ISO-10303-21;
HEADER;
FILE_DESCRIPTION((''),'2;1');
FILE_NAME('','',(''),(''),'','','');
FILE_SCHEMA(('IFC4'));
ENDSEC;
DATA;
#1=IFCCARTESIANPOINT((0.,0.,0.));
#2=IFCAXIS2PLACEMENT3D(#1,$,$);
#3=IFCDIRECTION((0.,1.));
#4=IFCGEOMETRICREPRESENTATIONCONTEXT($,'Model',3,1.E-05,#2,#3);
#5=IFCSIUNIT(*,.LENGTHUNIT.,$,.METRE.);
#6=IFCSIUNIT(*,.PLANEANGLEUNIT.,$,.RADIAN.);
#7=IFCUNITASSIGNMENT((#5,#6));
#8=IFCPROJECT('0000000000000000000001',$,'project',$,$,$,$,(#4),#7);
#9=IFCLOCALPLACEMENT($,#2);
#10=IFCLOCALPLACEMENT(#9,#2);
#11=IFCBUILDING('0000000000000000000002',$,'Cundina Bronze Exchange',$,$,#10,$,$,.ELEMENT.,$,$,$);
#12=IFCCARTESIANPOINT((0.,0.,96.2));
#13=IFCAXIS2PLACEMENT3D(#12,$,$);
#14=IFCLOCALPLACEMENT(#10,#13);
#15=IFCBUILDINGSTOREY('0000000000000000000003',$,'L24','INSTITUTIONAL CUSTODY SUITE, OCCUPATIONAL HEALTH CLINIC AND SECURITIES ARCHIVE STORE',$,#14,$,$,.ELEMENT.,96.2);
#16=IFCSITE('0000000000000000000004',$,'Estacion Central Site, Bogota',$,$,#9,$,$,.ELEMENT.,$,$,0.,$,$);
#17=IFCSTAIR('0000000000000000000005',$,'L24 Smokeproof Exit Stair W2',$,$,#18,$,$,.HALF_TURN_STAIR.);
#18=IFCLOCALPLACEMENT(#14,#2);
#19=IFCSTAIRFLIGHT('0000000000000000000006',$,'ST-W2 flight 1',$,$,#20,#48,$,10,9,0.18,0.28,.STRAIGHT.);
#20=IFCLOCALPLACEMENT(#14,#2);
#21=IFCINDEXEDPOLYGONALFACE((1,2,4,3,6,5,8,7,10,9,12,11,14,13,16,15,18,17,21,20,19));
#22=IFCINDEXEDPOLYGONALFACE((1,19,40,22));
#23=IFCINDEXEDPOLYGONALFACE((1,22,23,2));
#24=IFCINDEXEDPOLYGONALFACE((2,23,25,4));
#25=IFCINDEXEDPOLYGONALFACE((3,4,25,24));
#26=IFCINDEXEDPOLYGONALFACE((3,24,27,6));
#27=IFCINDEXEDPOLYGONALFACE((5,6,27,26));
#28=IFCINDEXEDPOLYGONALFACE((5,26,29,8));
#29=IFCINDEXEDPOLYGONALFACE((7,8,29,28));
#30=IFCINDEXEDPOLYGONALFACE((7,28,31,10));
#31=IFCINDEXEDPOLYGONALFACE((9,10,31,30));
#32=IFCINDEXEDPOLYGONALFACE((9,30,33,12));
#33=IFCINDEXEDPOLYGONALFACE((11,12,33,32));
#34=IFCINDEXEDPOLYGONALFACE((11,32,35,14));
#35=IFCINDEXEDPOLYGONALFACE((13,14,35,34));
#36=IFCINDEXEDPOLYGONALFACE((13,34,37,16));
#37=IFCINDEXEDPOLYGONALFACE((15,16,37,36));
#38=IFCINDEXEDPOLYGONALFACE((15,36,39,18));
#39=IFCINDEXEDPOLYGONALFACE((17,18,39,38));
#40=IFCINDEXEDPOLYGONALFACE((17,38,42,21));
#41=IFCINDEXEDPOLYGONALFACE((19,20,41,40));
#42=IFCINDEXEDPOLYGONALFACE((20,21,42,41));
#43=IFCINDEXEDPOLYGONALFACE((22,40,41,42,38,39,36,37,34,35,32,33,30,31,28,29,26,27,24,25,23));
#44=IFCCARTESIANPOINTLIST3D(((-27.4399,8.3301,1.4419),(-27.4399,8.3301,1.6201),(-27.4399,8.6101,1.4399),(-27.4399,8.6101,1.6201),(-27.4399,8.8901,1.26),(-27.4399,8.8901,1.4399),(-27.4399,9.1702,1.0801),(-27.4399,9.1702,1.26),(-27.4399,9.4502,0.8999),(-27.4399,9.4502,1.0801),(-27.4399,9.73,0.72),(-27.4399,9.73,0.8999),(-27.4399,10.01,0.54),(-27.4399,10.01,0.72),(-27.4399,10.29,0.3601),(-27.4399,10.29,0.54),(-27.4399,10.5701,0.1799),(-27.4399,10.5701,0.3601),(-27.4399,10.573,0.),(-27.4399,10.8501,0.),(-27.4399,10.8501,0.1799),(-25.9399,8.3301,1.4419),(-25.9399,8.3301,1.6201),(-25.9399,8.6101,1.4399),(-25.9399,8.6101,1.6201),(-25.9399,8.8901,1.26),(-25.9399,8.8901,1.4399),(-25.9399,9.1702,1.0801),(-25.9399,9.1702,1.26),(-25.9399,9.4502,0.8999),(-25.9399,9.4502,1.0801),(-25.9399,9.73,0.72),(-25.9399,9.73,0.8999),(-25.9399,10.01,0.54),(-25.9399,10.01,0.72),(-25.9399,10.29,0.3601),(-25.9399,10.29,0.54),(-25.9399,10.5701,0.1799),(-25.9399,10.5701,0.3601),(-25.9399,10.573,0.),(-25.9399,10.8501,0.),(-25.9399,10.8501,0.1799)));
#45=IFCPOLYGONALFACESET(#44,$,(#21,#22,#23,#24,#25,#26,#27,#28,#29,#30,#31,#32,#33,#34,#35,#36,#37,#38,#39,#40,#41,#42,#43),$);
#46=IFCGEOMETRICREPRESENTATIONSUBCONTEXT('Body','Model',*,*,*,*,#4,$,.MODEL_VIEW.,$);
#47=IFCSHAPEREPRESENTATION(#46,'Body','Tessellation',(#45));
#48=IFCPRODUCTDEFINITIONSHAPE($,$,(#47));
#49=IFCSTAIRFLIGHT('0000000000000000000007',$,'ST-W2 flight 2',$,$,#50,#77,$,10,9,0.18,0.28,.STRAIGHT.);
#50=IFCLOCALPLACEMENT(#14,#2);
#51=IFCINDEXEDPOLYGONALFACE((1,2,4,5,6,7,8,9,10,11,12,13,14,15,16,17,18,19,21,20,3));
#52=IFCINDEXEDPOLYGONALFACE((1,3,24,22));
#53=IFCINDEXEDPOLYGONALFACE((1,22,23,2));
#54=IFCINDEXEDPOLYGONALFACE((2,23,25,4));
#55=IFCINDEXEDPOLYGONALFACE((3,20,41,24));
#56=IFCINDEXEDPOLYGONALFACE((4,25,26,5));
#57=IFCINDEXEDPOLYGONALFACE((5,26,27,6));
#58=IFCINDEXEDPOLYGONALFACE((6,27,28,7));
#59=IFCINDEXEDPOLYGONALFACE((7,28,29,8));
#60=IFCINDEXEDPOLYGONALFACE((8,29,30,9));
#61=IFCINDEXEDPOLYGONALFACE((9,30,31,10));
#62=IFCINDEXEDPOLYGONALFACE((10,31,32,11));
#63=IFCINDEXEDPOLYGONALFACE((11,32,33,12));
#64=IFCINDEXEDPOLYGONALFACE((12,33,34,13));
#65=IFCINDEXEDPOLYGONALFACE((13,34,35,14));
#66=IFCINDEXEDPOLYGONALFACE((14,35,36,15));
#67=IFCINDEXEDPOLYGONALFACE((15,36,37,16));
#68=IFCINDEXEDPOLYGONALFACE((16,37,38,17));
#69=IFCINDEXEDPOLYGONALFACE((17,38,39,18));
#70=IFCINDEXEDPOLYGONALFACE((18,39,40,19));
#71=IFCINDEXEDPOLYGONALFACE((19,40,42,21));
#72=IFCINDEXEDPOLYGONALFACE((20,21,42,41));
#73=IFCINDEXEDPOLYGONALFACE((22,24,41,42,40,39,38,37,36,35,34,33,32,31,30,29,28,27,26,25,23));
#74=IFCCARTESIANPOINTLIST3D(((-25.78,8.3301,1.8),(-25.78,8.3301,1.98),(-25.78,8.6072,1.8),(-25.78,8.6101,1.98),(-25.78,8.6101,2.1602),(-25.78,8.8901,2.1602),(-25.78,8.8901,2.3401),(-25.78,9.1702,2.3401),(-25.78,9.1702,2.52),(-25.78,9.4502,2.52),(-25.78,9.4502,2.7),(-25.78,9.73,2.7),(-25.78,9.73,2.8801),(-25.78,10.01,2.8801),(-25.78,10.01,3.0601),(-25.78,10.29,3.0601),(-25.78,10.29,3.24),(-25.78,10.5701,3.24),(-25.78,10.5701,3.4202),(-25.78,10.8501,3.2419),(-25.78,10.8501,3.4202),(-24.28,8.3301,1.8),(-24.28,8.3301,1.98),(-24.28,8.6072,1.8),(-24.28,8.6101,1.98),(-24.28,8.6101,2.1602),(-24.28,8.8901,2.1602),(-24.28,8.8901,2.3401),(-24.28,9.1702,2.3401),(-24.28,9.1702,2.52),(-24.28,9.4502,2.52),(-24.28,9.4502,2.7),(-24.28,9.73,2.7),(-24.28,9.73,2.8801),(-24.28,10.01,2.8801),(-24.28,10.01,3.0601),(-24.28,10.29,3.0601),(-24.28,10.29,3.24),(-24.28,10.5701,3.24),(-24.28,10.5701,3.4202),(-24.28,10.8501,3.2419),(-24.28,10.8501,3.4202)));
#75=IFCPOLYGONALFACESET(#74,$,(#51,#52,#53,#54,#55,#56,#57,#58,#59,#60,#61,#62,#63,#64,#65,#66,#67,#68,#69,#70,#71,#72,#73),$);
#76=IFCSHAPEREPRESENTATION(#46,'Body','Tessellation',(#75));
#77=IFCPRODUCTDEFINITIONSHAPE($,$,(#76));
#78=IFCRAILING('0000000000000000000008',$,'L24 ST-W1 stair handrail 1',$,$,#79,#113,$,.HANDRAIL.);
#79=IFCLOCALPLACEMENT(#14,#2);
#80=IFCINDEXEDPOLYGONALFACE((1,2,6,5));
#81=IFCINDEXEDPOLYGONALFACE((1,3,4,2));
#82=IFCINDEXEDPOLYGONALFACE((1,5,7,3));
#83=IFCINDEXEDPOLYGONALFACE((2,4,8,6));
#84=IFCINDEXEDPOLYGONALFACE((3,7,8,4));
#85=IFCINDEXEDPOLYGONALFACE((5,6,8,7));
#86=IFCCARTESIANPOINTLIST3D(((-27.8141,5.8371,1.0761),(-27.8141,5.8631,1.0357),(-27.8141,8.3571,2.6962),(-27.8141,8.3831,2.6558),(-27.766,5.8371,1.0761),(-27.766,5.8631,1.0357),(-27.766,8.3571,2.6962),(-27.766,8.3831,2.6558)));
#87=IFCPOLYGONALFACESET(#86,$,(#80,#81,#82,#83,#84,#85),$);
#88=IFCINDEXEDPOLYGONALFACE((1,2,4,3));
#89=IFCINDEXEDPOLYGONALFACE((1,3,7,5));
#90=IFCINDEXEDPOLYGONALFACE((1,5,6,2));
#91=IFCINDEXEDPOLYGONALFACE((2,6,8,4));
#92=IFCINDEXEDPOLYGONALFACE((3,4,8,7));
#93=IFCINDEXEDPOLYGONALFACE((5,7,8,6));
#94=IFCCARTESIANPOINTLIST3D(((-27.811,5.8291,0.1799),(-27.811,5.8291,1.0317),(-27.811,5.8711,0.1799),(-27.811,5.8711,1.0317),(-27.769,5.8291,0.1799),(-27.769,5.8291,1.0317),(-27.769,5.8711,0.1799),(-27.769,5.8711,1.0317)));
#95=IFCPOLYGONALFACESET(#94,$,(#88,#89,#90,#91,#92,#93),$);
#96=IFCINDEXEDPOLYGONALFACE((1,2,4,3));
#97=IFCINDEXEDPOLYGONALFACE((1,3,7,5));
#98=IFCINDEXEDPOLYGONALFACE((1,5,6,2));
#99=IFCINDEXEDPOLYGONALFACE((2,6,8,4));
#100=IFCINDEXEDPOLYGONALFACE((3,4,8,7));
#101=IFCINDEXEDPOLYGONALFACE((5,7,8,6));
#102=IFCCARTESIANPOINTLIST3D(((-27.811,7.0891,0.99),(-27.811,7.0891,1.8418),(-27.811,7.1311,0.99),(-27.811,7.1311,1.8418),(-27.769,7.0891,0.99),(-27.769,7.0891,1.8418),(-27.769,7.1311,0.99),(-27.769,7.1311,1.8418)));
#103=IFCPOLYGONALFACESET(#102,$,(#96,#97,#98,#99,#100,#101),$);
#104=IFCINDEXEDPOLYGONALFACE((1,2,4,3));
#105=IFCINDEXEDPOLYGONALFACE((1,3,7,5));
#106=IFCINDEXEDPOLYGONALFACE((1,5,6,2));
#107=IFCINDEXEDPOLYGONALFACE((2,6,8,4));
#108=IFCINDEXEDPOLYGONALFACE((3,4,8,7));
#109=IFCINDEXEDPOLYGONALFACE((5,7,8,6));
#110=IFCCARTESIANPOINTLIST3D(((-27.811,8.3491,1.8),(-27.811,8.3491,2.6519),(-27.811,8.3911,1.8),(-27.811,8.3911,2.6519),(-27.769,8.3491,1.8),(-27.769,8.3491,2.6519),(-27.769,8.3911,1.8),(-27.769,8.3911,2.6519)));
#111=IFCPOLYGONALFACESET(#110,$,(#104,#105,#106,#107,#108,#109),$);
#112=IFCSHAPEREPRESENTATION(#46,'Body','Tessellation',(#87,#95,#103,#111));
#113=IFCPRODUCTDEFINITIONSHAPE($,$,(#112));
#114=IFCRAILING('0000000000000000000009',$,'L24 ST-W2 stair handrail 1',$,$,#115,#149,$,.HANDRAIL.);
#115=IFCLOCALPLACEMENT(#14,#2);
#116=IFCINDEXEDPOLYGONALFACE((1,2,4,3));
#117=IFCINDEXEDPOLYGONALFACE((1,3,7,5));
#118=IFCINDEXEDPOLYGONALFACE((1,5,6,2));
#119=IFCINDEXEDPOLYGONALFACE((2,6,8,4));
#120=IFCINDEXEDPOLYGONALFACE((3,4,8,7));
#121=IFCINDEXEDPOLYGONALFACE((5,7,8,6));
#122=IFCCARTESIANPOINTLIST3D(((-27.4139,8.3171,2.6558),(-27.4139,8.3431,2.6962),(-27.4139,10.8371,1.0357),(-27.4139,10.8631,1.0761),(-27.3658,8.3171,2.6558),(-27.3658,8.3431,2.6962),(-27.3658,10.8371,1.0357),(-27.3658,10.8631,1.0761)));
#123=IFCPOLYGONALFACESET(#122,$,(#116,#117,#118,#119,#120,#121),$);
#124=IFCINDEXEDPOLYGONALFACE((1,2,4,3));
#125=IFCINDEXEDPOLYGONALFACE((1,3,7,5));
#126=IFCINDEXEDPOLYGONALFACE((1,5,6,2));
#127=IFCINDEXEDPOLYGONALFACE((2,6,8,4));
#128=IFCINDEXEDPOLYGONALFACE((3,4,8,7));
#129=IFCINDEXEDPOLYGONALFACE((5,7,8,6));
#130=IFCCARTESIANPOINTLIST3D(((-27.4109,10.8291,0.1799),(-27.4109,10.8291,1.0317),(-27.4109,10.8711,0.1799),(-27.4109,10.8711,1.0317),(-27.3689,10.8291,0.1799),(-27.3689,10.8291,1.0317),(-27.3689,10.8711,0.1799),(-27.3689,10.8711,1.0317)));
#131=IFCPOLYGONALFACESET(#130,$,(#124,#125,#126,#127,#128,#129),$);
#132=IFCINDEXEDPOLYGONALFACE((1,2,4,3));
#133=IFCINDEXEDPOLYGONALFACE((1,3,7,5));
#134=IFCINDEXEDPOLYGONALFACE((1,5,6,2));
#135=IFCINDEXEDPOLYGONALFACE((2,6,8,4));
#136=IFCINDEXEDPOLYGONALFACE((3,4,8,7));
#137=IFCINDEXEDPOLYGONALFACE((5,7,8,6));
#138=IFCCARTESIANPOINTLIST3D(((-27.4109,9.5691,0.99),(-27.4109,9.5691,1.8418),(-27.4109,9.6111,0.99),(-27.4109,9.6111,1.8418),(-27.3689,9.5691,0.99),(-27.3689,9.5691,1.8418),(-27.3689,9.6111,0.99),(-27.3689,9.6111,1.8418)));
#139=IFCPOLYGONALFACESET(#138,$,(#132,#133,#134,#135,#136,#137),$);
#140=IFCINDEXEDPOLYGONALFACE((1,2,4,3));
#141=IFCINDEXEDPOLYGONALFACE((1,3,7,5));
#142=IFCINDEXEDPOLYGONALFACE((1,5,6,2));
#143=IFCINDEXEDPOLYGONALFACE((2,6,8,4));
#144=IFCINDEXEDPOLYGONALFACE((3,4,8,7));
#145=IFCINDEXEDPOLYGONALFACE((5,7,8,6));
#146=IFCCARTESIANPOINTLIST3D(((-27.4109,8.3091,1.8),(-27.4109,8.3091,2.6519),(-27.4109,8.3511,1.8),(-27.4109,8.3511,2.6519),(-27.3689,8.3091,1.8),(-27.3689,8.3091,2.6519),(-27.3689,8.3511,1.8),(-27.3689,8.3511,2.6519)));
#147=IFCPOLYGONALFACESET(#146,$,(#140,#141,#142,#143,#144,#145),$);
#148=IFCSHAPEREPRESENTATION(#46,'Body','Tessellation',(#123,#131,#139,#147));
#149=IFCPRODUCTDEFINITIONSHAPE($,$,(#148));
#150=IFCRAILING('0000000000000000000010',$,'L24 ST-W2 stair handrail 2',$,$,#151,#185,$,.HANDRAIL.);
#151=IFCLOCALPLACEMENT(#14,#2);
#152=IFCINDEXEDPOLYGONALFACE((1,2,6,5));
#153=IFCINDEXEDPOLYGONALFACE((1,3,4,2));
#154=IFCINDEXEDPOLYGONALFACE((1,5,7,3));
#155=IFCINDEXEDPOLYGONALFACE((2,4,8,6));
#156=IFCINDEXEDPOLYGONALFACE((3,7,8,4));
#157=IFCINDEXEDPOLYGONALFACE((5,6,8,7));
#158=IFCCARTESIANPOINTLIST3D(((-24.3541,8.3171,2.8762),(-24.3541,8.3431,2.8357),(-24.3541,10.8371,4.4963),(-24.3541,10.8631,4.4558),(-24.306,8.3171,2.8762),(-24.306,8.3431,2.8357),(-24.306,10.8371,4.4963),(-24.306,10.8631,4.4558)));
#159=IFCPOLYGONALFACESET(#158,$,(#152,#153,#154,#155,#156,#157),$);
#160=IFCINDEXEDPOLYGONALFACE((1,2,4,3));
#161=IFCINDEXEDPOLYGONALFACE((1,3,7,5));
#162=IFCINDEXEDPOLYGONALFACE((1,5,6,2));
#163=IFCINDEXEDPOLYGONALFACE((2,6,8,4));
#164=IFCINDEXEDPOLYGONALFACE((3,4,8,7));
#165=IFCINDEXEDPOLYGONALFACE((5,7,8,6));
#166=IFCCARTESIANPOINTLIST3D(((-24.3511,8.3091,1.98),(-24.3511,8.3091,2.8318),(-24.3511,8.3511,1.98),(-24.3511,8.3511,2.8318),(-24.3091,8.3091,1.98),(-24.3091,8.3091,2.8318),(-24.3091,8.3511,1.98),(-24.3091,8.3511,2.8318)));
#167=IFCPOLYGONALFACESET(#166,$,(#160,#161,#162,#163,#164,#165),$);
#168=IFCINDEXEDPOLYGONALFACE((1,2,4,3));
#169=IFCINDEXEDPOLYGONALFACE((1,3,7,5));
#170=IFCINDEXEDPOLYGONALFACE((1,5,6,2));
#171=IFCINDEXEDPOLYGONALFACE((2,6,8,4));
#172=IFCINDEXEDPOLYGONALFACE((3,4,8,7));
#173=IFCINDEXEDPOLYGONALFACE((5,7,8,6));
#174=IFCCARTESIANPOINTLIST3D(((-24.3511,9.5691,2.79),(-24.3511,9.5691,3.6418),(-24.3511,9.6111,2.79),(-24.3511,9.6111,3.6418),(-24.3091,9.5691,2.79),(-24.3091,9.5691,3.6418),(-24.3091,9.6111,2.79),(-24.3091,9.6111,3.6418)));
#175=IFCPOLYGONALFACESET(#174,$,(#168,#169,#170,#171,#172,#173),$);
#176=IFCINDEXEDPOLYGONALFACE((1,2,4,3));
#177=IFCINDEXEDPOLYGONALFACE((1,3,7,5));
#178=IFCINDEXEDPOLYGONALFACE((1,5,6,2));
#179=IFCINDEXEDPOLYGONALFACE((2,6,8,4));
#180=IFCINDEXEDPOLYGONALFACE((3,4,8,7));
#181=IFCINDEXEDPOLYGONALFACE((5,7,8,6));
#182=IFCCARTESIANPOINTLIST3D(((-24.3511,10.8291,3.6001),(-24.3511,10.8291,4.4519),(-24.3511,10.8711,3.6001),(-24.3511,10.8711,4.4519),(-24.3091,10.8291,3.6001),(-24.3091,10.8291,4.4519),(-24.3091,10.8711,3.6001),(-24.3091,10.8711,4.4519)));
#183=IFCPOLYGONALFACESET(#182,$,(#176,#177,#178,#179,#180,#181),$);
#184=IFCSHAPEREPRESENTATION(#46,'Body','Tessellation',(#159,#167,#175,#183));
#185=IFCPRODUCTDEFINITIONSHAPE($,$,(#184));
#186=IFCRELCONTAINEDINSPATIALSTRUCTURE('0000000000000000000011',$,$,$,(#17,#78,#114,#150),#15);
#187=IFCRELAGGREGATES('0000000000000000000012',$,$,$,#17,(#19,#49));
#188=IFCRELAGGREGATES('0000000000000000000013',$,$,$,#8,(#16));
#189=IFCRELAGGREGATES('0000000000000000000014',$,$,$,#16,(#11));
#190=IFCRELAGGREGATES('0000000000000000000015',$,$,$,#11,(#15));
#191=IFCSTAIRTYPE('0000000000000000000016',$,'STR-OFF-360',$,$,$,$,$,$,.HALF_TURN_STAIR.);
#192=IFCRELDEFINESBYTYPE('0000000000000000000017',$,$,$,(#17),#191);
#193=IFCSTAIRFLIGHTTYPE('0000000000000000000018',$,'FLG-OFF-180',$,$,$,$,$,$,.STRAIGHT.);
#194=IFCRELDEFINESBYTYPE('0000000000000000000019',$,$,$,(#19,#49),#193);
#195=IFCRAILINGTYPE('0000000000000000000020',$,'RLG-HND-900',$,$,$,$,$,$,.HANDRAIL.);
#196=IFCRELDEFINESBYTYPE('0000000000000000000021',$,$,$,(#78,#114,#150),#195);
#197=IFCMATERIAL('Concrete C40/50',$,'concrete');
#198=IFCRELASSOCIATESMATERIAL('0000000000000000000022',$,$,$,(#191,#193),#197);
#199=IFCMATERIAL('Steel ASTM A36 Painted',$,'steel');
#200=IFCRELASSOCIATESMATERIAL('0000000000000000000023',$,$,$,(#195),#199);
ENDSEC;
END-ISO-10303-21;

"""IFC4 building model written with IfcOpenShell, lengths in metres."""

from ifc_helpers import new_model, si_unit, direction, frame, origin, origin_2d, place, context, subcontext, project, spatial, polyline, rectangle, outline, extrude, material, type_object, element, aggregate, save


model = new_model("IFC4")

# Units and contexts
model_context = context("Model", 3, precision=1e-05, world=origin(), true_north=direction((0.0, 1.0)))
body_context = subcontext(model_context, "Body", "Model", "MODEL_VIEW")
ifc_project = project(units=[si_unit("LENGTHUNIT", "METRE"), si_unit("PLANEANGLEUNIT", "RADIAN")], contexts=[model_context])

# Site, building, storey
site_placement = place(None, origin())
site = spatial("IfcSite", under=ifc_project, at=site_placement, Name="Estacion Central Site, Bogota", CompositionType="ELEMENT", RefElevation=0.0)
building_placement = place(site_placement, origin())
building = spatial("IfcBuilding", under=site, at=building_placement, Name="Cundina Bronze Exchange", CompositionType="ELEMENT")
storey_placement = place(building_placement, frame((0.0, 0.0, 96.2)))
storey = spatial("IfcBuildingStorey", under=building, at=storey_placement, Name="L24", Description="INSTITUTIONAL CUSTODY SUITE, OCCUPATIONAL HEALTH CLINIC AND SECURITIES ARCHIVE STORE", CompositionType="ELEMENT", Elevation=96.2)

# Shared definitions
ifc_material_1 = material(Name="Steel ASTM A36 Painted", Category="steel")

# Stair, stair flights
ifc_material_2 = material(Name="Concrete C40/50", Category="concrete")
stair_type = type_object("IfcStairType", Name="STR-OFF-360", PredefinedType="HALF_TURN_STAIR", material=ifc_material_2)
stair_placement = place(storey_placement, origin())
stair = element("IfcStair", 1, at=stair_placement, inside=storey, type_object=stair_type, Name="L24 Smokeproof Exit Stair W2", PredefinedType="HALF_TURN_STAIR")
stair_flight_type = type_object("IfcStairFlightType", Name="FLG-OFF-180", PredefinedType="STRAIGHT", material=ifc_material_2)
stair_flight_1_placement = place(storey_placement, frame((-26.6899, 10.8501, 0.0), z_axis=(0.0, 0.0, 1.0), x_axis=(0.0, -1.0, 0.0)))
stair_flight_1 = element("IfcStairFlight", 2, at=stair_flight_1_placement, type_object=stair_flight_type, Name="ST-W2 flight 1", NumberOfRisers=10, NumberOfTreads=9, PredefinedType="STRAIGHT", RiserHeight=0.18, TreadLength=0.28, context=body_context, shape_type="SweptSolid", body=[
    extrude(outline(polyline([(0.0, 0.0), (0.0, 0.1799), (0.28, 0.1799), (0.28, 0.3601), (0.5601, 0.3601), (0.5601, 0.54), (0.8401, 0.54), (0.8401, 0.72), (1.1201, 0.72), (1.1201, 0.8999), (1.3999, 0.8999), (1.3999, 1.0801), (1.6799, 1.0801), (1.6799, 1.26), (1.96, 1.26), (1.96, 1.4399), (2.24, 1.4399), (2.24, 1.6201), (2.52, 1.6201), (2.52, 1.8), (2.52, 1.4419), (0.2771, 0.0), (0.0, 0.0)])), frame((0.0, 0.75, 0.0), z_axis=(0.0, -1.0, 0.0), x_axis=(1.0, 0.0, 0.0)), (0.0, 0.0, 1.0), 1.5),
])
stair_flight_2_placement = place(storey_placement, frame((-25.03, 8.3301, 1.8), z_axis=(0.0, 0.0, 1.0), x_axis=(0.0, 1.0, 0.0)))
stair_flight_2 = element("IfcStairFlight", 3, at=stair_flight_2_placement, type_object=stair_flight_type, Name="ST-W2 flight 2", NumberOfRisers=10, NumberOfTreads=9, PredefinedType="STRAIGHT", RiserHeight=0.18, TreadLength=0.28, context=body_context, shape_type="SweptSolid", body=[
    extrude(outline(polyline([(0.0, 0.0), (0.0, 0.1799), (0.28, 0.1799), (0.28, 0.3601), (0.5601, 0.3601), (0.5601, 0.54), (0.8401, 0.54), (0.8401, 0.72), (1.1201, 0.72), (1.1201, 0.8999), (1.3999, 0.8999), (1.3999, 1.0801), (1.6799, 1.0801), (1.6799, 1.26), (1.96, 1.26), (1.96, 1.4399), (2.24, 1.4399), (2.24, 1.6201), (2.52, 1.6201), (2.52, 1.8), (2.52, 1.4419), (0.2771, 0.0), (0.0, 0.0)])), frame((0.0, 0.75, 0.0), z_axis=(0.0, -1.0, 0.0), x_axis=(1.0, 0.0, 0.0)), (0.0, 0.0, 1.0), 1.5),
])
aggregate(stair, [stair_flight_1, stair_flight_2])

# Railings
railing_type_1 = type_object("IfcRailingType", Name="RLG-HND-900", PredefinedType="HANDRAIL", material=ifc_material_1)
railing_1_placement = place(storey_placement, frame((-27.79, 5.8501, 0.1799)))
element("IfcRailing", 4, at=railing_1_placement, inside=storey, type_object=railing_type_1, Name="L24 ST-W1 stair handrail 1", PredefinedType="HANDRAIL", context=body_context, shape_type="SweptSolid", body=[
    extrude(rectangle(XDim=0.0481, YDim=0.0481, at=origin_2d()), frame((0.0, 0.0, 0.876), z_axis=(0.0, 0.841163, 0.540782), x_axis=(-1.0, 0.0, 0.0)), (0.0, 0.0, 1.0), 2.9958),
    extrude(rectangle(XDim=0.042, YDim=0.042, at=origin_2d()), origin(), (0.0, 0.0, 1.0), 0.8518),
    extrude(rectangle(XDim=0.042, YDim=0.042, at=origin_2d()), frame((0.0, 1.26, 0.8101)), (0.0, 0.0, 1.0), 0.8518),
    extrude(rectangle(XDim=0.042, YDim=0.042, at=origin_2d()), frame((0.0, 2.52, 1.6201)), (0.0, 0.0, 1.0), 0.8518),
])
railing_2_placement = place(storey_placement, frame((-27.3899, 10.8501, 0.1799)))
element("IfcRailing", 5, at=railing_2_placement, inside=storey, type_object=railing_type_1, Name="L24 ST-W2 stair handrail 1", PredefinedType="HANDRAIL", context=body_context, shape_type="SweptSolid", body=[
    extrude(rectangle(XDim=0.0481, YDim=0.0481, at=origin_2d()), frame((0.0, 0.0, 0.876), z_axis=(0.0, -0.841163, 0.540782), x_axis=(1.0, 0.0, 0.0)), (0.0, 0.0, 1.0), 2.9958),
    extrude(rectangle(XDim=0.042, YDim=0.042, at=origin_2d()), origin(), (0.0, 0.0, 1.0), 0.8518),
    extrude(rectangle(XDim=0.042, YDim=0.042, at=origin_2d()), frame((0.0, -1.26, 0.8101)), (0.0, 0.0, 1.0), 0.8518),
    extrude(rectangle(XDim=0.042, YDim=0.042, at=origin_2d()), frame((0.0, -2.52, 1.6201)), (0.0, 0.0, 1.0), 0.8518),
])
railing_3_placement = place(storey_placement, frame((-24.3301, 8.3301, 1.98)))
element("IfcRailing", 6, at=railing_3_placement, inside=storey, type_object=railing_type_1, Name="L24 ST-W2 stair handrail 2", PredefinedType="HANDRAIL", context=body_context, shape_type="SweptSolid", body=[
    extrude(rectangle(XDim=0.0481, YDim=0.0481, at=origin_2d()), frame((0.0, 0.0, 0.876), z_axis=(0.0, 0.841163, 0.540782), x_axis=(-1.0, 0.0, 0.0)), (0.0, 0.0, 1.0), 2.9958),
    extrude(rectangle(XDim=0.042, YDim=0.042, at=origin_2d()), origin(), (0.0, 0.0, 1.0), 0.8518),
    extrude(rectangle(XDim=0.042, YDim=0.042, at=origin_2d()), frame((0.0, 1.26, 0.8101)), (0.0, 0.0, 1.0), 0.8518),
    extrude(rectangle(XDim=0.042, YDim=0.042, at=origin_2d()), frame((0.0, 2.52, 1.6201)), (0.0, 0.0, 1.0), 0.8518),
])

save(model, "model.ifc")
